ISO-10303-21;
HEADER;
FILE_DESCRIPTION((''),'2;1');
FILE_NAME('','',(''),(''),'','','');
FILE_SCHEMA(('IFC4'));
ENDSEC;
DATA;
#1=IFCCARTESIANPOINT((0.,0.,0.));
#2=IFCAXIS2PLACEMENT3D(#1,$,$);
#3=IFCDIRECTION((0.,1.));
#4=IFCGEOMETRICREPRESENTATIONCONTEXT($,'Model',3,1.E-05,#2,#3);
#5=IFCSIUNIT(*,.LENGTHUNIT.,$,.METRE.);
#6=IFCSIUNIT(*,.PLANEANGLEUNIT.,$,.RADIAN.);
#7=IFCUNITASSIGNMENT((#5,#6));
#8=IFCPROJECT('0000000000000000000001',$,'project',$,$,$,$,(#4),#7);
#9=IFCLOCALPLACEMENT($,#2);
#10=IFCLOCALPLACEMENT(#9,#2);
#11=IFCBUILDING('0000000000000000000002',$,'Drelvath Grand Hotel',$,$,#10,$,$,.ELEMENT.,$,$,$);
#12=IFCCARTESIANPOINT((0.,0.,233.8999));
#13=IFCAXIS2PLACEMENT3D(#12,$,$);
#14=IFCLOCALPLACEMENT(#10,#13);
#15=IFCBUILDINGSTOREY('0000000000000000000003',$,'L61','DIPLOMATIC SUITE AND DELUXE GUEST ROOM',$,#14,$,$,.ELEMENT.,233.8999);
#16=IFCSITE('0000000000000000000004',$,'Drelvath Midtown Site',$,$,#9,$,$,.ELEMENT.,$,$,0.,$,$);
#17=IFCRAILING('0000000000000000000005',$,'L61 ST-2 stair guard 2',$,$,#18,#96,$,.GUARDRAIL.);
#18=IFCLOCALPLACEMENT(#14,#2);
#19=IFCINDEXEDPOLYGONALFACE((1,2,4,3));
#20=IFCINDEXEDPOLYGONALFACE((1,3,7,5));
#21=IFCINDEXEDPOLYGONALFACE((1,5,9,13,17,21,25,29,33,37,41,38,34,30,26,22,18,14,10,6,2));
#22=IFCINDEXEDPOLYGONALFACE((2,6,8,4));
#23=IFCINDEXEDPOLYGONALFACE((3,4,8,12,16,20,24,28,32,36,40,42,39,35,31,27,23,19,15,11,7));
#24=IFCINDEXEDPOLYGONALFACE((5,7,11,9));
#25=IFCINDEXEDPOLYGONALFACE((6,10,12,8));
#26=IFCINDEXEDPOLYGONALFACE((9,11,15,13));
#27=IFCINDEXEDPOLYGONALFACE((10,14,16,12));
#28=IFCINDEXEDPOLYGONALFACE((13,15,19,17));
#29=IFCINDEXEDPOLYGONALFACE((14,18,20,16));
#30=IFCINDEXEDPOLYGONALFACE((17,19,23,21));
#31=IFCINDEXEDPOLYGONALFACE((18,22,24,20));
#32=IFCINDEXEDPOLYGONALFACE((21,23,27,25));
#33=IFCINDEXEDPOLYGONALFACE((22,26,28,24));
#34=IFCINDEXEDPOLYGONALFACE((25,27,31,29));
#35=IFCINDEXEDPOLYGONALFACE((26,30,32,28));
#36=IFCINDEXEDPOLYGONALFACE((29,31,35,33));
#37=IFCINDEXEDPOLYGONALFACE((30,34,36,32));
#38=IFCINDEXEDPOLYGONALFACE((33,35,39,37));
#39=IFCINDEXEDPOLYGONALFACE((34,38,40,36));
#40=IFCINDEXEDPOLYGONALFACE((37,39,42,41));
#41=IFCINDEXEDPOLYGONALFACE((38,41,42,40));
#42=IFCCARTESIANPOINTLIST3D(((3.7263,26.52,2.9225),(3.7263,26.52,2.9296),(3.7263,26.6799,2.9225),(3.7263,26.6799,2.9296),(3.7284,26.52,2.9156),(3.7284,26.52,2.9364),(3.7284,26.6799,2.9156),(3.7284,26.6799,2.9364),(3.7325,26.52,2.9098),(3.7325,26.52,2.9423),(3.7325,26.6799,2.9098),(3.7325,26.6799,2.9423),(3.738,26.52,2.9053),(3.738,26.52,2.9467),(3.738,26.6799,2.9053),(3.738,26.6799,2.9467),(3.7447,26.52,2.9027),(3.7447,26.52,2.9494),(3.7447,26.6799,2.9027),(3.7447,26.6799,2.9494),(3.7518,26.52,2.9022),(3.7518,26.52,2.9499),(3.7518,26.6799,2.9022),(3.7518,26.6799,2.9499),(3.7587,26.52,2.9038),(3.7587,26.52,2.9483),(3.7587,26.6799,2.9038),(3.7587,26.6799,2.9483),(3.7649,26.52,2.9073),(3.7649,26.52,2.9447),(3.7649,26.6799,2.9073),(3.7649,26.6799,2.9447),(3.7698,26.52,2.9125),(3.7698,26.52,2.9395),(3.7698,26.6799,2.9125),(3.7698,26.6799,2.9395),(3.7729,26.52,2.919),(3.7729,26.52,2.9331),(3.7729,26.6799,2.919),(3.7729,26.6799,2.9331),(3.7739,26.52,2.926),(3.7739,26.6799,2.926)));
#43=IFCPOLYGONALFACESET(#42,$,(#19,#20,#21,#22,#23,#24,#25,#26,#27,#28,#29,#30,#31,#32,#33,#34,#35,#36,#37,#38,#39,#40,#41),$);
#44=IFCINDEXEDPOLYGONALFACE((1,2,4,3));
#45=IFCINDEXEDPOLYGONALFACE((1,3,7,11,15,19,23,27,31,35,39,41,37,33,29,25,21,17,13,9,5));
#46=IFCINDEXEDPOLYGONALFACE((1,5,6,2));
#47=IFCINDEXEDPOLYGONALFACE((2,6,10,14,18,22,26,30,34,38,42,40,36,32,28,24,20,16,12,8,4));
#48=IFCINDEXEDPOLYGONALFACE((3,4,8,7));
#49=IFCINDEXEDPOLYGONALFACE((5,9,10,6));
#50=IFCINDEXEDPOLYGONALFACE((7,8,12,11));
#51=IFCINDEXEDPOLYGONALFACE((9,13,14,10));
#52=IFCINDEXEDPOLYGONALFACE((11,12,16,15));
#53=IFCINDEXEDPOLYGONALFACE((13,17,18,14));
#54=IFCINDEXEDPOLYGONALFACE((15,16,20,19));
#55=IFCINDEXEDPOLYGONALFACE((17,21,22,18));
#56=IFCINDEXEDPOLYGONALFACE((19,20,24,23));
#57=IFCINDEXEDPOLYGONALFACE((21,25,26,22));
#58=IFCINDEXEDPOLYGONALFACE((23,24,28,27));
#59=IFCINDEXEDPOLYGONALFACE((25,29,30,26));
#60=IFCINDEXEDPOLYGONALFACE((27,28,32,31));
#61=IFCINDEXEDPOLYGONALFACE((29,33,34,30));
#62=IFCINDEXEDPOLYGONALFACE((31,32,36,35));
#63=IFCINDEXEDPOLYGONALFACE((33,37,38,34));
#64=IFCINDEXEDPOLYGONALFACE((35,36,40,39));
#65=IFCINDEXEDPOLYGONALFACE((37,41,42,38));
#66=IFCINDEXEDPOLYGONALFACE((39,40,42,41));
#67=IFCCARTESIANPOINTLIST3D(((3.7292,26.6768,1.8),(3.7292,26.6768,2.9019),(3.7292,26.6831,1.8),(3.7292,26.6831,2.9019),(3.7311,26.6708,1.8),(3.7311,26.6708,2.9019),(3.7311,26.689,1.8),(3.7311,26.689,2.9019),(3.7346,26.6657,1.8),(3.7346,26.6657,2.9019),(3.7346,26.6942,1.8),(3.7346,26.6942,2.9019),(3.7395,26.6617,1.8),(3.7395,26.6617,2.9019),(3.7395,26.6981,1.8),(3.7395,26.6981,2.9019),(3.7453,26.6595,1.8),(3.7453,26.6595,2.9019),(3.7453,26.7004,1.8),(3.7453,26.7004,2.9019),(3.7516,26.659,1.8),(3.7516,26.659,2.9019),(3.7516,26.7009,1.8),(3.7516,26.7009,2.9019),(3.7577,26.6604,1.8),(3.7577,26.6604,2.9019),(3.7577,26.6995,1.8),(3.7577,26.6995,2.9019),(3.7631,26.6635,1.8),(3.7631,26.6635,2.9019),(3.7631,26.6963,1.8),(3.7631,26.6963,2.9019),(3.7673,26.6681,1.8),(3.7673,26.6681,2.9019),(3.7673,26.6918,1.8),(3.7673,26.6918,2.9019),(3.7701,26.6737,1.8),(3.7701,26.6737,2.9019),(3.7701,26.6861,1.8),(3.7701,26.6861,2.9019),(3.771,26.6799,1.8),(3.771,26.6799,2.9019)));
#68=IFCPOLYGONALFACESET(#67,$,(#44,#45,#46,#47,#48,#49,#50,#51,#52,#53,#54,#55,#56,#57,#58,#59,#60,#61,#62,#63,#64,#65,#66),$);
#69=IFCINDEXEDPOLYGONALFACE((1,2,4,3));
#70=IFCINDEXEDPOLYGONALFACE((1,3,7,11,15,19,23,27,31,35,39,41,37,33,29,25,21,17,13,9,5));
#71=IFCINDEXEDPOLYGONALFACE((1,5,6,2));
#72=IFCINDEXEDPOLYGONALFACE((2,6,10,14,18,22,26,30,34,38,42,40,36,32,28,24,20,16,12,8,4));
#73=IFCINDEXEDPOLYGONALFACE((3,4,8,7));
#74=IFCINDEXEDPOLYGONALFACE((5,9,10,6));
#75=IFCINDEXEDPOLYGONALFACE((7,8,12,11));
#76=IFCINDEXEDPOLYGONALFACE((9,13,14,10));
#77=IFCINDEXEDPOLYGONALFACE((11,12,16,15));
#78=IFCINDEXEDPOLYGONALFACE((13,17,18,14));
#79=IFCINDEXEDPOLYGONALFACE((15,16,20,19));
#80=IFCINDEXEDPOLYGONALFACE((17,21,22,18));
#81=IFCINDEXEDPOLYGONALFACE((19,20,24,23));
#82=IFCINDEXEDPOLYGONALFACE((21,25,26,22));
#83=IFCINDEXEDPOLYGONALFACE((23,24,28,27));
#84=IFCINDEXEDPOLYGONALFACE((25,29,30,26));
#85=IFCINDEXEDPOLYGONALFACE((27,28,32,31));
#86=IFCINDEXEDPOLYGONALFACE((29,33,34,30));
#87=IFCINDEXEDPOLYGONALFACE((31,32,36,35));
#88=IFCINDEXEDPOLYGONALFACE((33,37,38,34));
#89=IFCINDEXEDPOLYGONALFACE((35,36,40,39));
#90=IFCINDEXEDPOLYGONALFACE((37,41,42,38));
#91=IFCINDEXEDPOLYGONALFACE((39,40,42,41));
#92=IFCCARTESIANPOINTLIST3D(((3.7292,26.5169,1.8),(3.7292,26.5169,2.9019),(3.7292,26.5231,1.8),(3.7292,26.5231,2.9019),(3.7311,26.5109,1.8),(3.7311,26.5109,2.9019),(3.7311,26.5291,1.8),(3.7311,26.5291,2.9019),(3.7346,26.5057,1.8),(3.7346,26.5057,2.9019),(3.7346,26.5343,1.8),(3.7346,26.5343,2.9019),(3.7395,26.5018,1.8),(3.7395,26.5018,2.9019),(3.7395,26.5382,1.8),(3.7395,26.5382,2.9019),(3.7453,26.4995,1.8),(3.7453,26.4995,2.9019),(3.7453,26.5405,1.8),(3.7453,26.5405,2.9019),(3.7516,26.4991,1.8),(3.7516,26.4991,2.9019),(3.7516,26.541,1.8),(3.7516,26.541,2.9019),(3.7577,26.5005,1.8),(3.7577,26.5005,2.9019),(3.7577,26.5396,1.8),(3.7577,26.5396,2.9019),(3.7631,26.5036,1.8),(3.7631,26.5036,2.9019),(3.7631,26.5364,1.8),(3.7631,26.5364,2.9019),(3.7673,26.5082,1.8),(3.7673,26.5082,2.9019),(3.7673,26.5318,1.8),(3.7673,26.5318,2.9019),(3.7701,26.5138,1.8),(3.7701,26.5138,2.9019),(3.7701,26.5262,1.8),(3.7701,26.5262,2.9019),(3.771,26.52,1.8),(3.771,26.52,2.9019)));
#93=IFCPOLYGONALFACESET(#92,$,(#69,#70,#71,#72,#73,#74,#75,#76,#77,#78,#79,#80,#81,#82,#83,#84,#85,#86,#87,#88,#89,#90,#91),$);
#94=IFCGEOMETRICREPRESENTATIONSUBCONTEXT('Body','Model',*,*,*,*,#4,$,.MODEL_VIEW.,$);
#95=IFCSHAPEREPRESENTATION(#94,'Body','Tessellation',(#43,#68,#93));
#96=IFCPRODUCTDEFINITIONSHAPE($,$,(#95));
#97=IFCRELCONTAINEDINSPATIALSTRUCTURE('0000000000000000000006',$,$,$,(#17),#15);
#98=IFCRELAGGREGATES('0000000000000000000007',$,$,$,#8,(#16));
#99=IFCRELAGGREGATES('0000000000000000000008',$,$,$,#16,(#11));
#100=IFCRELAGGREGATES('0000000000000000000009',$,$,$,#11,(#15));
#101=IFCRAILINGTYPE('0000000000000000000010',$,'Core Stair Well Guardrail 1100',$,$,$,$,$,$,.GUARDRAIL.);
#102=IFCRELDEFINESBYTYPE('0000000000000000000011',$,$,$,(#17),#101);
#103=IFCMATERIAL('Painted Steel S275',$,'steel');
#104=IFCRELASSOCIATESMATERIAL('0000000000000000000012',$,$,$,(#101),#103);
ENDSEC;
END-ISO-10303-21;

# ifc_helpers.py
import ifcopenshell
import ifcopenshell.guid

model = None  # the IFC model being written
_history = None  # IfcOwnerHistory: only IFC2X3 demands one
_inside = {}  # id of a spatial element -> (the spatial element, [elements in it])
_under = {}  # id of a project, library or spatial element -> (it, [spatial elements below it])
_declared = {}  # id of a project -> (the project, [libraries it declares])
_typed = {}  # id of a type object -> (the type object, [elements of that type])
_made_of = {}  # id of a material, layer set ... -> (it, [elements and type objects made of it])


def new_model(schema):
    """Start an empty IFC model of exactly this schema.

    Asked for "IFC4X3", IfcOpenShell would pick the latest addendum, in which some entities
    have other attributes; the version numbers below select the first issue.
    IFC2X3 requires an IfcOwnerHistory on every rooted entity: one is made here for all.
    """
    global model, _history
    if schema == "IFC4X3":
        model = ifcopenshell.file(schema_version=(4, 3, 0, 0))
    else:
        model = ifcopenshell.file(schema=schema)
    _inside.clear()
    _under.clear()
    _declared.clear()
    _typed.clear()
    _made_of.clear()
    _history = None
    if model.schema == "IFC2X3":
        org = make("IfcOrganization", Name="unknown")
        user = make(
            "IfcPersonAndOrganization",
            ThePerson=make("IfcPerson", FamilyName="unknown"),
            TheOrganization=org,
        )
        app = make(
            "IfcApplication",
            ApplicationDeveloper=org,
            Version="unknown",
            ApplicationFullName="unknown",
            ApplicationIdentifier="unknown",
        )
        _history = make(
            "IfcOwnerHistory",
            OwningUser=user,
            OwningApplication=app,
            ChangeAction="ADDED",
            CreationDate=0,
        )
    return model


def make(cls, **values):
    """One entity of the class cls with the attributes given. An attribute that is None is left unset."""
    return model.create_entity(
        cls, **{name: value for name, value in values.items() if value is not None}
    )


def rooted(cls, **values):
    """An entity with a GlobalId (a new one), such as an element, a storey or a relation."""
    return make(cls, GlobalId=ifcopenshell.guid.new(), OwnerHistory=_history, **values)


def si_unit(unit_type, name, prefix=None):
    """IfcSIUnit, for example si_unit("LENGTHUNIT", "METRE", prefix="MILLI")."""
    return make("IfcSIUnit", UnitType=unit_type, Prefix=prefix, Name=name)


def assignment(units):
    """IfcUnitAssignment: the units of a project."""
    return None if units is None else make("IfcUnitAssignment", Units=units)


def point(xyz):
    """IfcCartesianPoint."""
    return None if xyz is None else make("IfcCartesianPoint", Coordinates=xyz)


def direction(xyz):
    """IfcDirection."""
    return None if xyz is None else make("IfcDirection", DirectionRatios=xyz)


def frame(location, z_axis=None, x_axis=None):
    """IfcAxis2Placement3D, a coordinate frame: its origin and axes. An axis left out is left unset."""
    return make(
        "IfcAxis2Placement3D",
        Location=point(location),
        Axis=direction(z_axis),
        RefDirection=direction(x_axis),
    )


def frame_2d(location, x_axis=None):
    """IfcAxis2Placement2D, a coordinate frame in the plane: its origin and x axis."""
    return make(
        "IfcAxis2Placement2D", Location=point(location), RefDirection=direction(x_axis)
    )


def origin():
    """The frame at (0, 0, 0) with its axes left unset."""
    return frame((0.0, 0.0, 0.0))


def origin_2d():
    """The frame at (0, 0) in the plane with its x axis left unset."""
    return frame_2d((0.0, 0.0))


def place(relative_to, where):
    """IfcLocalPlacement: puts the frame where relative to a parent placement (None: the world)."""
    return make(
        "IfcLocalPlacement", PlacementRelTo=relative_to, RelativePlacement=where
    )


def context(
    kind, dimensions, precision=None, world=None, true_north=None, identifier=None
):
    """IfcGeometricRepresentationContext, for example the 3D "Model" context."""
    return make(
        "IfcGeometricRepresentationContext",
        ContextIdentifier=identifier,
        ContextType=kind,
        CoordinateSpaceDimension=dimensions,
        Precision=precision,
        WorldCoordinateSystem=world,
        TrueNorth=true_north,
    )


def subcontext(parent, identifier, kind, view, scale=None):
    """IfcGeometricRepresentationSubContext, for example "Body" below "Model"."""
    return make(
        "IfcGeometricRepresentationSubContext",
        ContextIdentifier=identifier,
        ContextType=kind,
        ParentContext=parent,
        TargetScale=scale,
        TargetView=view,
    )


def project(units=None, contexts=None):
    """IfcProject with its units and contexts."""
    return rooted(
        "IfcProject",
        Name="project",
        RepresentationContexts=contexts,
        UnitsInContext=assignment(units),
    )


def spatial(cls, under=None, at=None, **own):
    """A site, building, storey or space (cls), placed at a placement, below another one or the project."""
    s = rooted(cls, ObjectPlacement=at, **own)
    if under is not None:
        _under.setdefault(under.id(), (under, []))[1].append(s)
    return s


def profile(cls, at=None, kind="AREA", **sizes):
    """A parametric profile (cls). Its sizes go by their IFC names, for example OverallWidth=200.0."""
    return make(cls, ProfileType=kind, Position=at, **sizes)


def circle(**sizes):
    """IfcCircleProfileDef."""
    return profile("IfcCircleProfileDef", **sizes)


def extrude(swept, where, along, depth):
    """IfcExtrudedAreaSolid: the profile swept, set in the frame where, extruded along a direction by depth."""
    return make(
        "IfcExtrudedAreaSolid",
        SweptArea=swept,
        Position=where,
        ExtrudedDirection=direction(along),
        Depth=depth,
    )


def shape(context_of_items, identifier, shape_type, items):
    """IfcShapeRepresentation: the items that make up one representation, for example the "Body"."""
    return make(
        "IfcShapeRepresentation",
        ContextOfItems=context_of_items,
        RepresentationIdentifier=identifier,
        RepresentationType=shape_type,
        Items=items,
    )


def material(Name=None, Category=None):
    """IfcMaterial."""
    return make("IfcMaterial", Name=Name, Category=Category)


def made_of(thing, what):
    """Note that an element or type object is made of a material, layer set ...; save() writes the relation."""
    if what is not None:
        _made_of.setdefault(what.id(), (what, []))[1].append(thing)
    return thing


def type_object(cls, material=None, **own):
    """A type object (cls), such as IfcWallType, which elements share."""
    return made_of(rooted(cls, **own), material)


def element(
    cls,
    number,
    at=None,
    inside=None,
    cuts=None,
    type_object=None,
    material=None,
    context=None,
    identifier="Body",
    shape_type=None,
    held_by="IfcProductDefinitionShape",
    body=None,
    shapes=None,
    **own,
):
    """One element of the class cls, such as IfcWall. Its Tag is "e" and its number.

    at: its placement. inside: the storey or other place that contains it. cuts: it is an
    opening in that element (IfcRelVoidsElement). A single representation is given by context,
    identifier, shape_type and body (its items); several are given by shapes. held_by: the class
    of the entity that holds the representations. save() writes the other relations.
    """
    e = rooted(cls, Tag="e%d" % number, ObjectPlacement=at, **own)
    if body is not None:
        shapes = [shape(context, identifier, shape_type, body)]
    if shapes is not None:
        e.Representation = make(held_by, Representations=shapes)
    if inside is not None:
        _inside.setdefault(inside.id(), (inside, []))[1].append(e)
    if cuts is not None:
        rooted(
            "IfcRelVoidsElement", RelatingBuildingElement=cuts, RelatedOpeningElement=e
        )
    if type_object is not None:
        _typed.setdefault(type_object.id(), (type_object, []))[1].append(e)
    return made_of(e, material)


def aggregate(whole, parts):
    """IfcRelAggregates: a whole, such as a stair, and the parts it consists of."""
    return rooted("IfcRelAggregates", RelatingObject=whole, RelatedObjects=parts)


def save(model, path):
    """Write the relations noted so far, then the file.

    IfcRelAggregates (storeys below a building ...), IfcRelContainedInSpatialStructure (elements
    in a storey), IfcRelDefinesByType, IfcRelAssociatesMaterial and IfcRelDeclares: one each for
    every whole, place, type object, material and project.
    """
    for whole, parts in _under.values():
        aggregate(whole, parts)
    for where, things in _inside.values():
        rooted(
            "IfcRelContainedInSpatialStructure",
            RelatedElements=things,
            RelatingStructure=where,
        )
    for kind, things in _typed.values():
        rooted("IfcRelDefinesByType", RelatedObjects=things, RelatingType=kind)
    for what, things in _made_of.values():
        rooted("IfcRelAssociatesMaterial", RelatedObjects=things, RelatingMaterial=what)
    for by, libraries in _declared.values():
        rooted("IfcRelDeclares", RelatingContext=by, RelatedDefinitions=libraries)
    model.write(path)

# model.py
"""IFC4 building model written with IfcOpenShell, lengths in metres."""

from ifc_helpers import new_model, si_unit, direction, frame, origin, origin_2d, place, context, subcontext, project, spatial, circle, extrude, material, type_object, element, save


model = new_model("IFC4")

# Units and contexts
model_context = context("Model", 3, precision=1e-05, world=origin(), true_north=direction((0.0, 1.0)))
body_context = subcontext(model_context, "Body", "Model", "MODEL_VIEW")
ifc_project = project(units=[si_unit("LENGTHUNIT", "METRE"), si_unit("PLANEANGLEUNIT", "RADIAN")], contexts=[model_context])

# Site, building, storey
site_placement = place(None, origin())
site = spatial("IfcSite", under=ifc_project, at=site_placement, Name="Drelvath Midtown Site", CompositionType="ELEMENT", RefElevation=0.0)
building_placement = place(site_placement, origin())
building = spatial("IfcBuilding", under=site, at=building_placement, Name="Drelvath Grand Hotel", CompositionType="ELEMENT")
storey_placement = place(building_placement, frame((0.0, 0.0, 233.8999)))
storey = spatial("IfcBuildingStorey", under=building, at=storey_placement, Name="L61", Description="DIPLOMATIC SUITE AND DELUXE GUEST ROOM", CompositionType="ELEMENT", Elevation=233.8999)

# Railing
ifc_material_1 = material(Name="Painted Steel S275", Category="steel")
railing_type_1 = type_object("IfcRailingType", Name="Core Stair Well Guardrail 1100", PredefinedType="GUARDRAIL", material=ifc_material_1)
railing_1_placement = place(storey_placement, frame((3.75, 26.6799, 1.8)))
element("IfcRailing", 1, at=railing_1_placement, inside=storey, type_object=railing_type_1, Name="L61 ST-2 stair guard 2", PredefinedType="GUARDRAIL", context=body_context, shape_type="SweptSolid", body=[
    extrude(circle(Radius=0.0239, at=origin_2d()), frame((0.0, 0.0, 1.126), z_axis=(0.0, -1.0, 0.0), x_axis=(1.0, 0.0, 0.0)), (0.0, 0.0, 1.0), 0.1599),
    extrude(circle(Radius=0.021, at=origin_2d()), origin(), (0.0, 0.0, 1.0), 1.1018),
    extrude(circle(Radius=0.021, at=origin_2d()), frame((0.0, -0.1599, 0.0)), (0.0, 0.0, 1.0), 1.1018),
])

save(model, "model.ifc")
